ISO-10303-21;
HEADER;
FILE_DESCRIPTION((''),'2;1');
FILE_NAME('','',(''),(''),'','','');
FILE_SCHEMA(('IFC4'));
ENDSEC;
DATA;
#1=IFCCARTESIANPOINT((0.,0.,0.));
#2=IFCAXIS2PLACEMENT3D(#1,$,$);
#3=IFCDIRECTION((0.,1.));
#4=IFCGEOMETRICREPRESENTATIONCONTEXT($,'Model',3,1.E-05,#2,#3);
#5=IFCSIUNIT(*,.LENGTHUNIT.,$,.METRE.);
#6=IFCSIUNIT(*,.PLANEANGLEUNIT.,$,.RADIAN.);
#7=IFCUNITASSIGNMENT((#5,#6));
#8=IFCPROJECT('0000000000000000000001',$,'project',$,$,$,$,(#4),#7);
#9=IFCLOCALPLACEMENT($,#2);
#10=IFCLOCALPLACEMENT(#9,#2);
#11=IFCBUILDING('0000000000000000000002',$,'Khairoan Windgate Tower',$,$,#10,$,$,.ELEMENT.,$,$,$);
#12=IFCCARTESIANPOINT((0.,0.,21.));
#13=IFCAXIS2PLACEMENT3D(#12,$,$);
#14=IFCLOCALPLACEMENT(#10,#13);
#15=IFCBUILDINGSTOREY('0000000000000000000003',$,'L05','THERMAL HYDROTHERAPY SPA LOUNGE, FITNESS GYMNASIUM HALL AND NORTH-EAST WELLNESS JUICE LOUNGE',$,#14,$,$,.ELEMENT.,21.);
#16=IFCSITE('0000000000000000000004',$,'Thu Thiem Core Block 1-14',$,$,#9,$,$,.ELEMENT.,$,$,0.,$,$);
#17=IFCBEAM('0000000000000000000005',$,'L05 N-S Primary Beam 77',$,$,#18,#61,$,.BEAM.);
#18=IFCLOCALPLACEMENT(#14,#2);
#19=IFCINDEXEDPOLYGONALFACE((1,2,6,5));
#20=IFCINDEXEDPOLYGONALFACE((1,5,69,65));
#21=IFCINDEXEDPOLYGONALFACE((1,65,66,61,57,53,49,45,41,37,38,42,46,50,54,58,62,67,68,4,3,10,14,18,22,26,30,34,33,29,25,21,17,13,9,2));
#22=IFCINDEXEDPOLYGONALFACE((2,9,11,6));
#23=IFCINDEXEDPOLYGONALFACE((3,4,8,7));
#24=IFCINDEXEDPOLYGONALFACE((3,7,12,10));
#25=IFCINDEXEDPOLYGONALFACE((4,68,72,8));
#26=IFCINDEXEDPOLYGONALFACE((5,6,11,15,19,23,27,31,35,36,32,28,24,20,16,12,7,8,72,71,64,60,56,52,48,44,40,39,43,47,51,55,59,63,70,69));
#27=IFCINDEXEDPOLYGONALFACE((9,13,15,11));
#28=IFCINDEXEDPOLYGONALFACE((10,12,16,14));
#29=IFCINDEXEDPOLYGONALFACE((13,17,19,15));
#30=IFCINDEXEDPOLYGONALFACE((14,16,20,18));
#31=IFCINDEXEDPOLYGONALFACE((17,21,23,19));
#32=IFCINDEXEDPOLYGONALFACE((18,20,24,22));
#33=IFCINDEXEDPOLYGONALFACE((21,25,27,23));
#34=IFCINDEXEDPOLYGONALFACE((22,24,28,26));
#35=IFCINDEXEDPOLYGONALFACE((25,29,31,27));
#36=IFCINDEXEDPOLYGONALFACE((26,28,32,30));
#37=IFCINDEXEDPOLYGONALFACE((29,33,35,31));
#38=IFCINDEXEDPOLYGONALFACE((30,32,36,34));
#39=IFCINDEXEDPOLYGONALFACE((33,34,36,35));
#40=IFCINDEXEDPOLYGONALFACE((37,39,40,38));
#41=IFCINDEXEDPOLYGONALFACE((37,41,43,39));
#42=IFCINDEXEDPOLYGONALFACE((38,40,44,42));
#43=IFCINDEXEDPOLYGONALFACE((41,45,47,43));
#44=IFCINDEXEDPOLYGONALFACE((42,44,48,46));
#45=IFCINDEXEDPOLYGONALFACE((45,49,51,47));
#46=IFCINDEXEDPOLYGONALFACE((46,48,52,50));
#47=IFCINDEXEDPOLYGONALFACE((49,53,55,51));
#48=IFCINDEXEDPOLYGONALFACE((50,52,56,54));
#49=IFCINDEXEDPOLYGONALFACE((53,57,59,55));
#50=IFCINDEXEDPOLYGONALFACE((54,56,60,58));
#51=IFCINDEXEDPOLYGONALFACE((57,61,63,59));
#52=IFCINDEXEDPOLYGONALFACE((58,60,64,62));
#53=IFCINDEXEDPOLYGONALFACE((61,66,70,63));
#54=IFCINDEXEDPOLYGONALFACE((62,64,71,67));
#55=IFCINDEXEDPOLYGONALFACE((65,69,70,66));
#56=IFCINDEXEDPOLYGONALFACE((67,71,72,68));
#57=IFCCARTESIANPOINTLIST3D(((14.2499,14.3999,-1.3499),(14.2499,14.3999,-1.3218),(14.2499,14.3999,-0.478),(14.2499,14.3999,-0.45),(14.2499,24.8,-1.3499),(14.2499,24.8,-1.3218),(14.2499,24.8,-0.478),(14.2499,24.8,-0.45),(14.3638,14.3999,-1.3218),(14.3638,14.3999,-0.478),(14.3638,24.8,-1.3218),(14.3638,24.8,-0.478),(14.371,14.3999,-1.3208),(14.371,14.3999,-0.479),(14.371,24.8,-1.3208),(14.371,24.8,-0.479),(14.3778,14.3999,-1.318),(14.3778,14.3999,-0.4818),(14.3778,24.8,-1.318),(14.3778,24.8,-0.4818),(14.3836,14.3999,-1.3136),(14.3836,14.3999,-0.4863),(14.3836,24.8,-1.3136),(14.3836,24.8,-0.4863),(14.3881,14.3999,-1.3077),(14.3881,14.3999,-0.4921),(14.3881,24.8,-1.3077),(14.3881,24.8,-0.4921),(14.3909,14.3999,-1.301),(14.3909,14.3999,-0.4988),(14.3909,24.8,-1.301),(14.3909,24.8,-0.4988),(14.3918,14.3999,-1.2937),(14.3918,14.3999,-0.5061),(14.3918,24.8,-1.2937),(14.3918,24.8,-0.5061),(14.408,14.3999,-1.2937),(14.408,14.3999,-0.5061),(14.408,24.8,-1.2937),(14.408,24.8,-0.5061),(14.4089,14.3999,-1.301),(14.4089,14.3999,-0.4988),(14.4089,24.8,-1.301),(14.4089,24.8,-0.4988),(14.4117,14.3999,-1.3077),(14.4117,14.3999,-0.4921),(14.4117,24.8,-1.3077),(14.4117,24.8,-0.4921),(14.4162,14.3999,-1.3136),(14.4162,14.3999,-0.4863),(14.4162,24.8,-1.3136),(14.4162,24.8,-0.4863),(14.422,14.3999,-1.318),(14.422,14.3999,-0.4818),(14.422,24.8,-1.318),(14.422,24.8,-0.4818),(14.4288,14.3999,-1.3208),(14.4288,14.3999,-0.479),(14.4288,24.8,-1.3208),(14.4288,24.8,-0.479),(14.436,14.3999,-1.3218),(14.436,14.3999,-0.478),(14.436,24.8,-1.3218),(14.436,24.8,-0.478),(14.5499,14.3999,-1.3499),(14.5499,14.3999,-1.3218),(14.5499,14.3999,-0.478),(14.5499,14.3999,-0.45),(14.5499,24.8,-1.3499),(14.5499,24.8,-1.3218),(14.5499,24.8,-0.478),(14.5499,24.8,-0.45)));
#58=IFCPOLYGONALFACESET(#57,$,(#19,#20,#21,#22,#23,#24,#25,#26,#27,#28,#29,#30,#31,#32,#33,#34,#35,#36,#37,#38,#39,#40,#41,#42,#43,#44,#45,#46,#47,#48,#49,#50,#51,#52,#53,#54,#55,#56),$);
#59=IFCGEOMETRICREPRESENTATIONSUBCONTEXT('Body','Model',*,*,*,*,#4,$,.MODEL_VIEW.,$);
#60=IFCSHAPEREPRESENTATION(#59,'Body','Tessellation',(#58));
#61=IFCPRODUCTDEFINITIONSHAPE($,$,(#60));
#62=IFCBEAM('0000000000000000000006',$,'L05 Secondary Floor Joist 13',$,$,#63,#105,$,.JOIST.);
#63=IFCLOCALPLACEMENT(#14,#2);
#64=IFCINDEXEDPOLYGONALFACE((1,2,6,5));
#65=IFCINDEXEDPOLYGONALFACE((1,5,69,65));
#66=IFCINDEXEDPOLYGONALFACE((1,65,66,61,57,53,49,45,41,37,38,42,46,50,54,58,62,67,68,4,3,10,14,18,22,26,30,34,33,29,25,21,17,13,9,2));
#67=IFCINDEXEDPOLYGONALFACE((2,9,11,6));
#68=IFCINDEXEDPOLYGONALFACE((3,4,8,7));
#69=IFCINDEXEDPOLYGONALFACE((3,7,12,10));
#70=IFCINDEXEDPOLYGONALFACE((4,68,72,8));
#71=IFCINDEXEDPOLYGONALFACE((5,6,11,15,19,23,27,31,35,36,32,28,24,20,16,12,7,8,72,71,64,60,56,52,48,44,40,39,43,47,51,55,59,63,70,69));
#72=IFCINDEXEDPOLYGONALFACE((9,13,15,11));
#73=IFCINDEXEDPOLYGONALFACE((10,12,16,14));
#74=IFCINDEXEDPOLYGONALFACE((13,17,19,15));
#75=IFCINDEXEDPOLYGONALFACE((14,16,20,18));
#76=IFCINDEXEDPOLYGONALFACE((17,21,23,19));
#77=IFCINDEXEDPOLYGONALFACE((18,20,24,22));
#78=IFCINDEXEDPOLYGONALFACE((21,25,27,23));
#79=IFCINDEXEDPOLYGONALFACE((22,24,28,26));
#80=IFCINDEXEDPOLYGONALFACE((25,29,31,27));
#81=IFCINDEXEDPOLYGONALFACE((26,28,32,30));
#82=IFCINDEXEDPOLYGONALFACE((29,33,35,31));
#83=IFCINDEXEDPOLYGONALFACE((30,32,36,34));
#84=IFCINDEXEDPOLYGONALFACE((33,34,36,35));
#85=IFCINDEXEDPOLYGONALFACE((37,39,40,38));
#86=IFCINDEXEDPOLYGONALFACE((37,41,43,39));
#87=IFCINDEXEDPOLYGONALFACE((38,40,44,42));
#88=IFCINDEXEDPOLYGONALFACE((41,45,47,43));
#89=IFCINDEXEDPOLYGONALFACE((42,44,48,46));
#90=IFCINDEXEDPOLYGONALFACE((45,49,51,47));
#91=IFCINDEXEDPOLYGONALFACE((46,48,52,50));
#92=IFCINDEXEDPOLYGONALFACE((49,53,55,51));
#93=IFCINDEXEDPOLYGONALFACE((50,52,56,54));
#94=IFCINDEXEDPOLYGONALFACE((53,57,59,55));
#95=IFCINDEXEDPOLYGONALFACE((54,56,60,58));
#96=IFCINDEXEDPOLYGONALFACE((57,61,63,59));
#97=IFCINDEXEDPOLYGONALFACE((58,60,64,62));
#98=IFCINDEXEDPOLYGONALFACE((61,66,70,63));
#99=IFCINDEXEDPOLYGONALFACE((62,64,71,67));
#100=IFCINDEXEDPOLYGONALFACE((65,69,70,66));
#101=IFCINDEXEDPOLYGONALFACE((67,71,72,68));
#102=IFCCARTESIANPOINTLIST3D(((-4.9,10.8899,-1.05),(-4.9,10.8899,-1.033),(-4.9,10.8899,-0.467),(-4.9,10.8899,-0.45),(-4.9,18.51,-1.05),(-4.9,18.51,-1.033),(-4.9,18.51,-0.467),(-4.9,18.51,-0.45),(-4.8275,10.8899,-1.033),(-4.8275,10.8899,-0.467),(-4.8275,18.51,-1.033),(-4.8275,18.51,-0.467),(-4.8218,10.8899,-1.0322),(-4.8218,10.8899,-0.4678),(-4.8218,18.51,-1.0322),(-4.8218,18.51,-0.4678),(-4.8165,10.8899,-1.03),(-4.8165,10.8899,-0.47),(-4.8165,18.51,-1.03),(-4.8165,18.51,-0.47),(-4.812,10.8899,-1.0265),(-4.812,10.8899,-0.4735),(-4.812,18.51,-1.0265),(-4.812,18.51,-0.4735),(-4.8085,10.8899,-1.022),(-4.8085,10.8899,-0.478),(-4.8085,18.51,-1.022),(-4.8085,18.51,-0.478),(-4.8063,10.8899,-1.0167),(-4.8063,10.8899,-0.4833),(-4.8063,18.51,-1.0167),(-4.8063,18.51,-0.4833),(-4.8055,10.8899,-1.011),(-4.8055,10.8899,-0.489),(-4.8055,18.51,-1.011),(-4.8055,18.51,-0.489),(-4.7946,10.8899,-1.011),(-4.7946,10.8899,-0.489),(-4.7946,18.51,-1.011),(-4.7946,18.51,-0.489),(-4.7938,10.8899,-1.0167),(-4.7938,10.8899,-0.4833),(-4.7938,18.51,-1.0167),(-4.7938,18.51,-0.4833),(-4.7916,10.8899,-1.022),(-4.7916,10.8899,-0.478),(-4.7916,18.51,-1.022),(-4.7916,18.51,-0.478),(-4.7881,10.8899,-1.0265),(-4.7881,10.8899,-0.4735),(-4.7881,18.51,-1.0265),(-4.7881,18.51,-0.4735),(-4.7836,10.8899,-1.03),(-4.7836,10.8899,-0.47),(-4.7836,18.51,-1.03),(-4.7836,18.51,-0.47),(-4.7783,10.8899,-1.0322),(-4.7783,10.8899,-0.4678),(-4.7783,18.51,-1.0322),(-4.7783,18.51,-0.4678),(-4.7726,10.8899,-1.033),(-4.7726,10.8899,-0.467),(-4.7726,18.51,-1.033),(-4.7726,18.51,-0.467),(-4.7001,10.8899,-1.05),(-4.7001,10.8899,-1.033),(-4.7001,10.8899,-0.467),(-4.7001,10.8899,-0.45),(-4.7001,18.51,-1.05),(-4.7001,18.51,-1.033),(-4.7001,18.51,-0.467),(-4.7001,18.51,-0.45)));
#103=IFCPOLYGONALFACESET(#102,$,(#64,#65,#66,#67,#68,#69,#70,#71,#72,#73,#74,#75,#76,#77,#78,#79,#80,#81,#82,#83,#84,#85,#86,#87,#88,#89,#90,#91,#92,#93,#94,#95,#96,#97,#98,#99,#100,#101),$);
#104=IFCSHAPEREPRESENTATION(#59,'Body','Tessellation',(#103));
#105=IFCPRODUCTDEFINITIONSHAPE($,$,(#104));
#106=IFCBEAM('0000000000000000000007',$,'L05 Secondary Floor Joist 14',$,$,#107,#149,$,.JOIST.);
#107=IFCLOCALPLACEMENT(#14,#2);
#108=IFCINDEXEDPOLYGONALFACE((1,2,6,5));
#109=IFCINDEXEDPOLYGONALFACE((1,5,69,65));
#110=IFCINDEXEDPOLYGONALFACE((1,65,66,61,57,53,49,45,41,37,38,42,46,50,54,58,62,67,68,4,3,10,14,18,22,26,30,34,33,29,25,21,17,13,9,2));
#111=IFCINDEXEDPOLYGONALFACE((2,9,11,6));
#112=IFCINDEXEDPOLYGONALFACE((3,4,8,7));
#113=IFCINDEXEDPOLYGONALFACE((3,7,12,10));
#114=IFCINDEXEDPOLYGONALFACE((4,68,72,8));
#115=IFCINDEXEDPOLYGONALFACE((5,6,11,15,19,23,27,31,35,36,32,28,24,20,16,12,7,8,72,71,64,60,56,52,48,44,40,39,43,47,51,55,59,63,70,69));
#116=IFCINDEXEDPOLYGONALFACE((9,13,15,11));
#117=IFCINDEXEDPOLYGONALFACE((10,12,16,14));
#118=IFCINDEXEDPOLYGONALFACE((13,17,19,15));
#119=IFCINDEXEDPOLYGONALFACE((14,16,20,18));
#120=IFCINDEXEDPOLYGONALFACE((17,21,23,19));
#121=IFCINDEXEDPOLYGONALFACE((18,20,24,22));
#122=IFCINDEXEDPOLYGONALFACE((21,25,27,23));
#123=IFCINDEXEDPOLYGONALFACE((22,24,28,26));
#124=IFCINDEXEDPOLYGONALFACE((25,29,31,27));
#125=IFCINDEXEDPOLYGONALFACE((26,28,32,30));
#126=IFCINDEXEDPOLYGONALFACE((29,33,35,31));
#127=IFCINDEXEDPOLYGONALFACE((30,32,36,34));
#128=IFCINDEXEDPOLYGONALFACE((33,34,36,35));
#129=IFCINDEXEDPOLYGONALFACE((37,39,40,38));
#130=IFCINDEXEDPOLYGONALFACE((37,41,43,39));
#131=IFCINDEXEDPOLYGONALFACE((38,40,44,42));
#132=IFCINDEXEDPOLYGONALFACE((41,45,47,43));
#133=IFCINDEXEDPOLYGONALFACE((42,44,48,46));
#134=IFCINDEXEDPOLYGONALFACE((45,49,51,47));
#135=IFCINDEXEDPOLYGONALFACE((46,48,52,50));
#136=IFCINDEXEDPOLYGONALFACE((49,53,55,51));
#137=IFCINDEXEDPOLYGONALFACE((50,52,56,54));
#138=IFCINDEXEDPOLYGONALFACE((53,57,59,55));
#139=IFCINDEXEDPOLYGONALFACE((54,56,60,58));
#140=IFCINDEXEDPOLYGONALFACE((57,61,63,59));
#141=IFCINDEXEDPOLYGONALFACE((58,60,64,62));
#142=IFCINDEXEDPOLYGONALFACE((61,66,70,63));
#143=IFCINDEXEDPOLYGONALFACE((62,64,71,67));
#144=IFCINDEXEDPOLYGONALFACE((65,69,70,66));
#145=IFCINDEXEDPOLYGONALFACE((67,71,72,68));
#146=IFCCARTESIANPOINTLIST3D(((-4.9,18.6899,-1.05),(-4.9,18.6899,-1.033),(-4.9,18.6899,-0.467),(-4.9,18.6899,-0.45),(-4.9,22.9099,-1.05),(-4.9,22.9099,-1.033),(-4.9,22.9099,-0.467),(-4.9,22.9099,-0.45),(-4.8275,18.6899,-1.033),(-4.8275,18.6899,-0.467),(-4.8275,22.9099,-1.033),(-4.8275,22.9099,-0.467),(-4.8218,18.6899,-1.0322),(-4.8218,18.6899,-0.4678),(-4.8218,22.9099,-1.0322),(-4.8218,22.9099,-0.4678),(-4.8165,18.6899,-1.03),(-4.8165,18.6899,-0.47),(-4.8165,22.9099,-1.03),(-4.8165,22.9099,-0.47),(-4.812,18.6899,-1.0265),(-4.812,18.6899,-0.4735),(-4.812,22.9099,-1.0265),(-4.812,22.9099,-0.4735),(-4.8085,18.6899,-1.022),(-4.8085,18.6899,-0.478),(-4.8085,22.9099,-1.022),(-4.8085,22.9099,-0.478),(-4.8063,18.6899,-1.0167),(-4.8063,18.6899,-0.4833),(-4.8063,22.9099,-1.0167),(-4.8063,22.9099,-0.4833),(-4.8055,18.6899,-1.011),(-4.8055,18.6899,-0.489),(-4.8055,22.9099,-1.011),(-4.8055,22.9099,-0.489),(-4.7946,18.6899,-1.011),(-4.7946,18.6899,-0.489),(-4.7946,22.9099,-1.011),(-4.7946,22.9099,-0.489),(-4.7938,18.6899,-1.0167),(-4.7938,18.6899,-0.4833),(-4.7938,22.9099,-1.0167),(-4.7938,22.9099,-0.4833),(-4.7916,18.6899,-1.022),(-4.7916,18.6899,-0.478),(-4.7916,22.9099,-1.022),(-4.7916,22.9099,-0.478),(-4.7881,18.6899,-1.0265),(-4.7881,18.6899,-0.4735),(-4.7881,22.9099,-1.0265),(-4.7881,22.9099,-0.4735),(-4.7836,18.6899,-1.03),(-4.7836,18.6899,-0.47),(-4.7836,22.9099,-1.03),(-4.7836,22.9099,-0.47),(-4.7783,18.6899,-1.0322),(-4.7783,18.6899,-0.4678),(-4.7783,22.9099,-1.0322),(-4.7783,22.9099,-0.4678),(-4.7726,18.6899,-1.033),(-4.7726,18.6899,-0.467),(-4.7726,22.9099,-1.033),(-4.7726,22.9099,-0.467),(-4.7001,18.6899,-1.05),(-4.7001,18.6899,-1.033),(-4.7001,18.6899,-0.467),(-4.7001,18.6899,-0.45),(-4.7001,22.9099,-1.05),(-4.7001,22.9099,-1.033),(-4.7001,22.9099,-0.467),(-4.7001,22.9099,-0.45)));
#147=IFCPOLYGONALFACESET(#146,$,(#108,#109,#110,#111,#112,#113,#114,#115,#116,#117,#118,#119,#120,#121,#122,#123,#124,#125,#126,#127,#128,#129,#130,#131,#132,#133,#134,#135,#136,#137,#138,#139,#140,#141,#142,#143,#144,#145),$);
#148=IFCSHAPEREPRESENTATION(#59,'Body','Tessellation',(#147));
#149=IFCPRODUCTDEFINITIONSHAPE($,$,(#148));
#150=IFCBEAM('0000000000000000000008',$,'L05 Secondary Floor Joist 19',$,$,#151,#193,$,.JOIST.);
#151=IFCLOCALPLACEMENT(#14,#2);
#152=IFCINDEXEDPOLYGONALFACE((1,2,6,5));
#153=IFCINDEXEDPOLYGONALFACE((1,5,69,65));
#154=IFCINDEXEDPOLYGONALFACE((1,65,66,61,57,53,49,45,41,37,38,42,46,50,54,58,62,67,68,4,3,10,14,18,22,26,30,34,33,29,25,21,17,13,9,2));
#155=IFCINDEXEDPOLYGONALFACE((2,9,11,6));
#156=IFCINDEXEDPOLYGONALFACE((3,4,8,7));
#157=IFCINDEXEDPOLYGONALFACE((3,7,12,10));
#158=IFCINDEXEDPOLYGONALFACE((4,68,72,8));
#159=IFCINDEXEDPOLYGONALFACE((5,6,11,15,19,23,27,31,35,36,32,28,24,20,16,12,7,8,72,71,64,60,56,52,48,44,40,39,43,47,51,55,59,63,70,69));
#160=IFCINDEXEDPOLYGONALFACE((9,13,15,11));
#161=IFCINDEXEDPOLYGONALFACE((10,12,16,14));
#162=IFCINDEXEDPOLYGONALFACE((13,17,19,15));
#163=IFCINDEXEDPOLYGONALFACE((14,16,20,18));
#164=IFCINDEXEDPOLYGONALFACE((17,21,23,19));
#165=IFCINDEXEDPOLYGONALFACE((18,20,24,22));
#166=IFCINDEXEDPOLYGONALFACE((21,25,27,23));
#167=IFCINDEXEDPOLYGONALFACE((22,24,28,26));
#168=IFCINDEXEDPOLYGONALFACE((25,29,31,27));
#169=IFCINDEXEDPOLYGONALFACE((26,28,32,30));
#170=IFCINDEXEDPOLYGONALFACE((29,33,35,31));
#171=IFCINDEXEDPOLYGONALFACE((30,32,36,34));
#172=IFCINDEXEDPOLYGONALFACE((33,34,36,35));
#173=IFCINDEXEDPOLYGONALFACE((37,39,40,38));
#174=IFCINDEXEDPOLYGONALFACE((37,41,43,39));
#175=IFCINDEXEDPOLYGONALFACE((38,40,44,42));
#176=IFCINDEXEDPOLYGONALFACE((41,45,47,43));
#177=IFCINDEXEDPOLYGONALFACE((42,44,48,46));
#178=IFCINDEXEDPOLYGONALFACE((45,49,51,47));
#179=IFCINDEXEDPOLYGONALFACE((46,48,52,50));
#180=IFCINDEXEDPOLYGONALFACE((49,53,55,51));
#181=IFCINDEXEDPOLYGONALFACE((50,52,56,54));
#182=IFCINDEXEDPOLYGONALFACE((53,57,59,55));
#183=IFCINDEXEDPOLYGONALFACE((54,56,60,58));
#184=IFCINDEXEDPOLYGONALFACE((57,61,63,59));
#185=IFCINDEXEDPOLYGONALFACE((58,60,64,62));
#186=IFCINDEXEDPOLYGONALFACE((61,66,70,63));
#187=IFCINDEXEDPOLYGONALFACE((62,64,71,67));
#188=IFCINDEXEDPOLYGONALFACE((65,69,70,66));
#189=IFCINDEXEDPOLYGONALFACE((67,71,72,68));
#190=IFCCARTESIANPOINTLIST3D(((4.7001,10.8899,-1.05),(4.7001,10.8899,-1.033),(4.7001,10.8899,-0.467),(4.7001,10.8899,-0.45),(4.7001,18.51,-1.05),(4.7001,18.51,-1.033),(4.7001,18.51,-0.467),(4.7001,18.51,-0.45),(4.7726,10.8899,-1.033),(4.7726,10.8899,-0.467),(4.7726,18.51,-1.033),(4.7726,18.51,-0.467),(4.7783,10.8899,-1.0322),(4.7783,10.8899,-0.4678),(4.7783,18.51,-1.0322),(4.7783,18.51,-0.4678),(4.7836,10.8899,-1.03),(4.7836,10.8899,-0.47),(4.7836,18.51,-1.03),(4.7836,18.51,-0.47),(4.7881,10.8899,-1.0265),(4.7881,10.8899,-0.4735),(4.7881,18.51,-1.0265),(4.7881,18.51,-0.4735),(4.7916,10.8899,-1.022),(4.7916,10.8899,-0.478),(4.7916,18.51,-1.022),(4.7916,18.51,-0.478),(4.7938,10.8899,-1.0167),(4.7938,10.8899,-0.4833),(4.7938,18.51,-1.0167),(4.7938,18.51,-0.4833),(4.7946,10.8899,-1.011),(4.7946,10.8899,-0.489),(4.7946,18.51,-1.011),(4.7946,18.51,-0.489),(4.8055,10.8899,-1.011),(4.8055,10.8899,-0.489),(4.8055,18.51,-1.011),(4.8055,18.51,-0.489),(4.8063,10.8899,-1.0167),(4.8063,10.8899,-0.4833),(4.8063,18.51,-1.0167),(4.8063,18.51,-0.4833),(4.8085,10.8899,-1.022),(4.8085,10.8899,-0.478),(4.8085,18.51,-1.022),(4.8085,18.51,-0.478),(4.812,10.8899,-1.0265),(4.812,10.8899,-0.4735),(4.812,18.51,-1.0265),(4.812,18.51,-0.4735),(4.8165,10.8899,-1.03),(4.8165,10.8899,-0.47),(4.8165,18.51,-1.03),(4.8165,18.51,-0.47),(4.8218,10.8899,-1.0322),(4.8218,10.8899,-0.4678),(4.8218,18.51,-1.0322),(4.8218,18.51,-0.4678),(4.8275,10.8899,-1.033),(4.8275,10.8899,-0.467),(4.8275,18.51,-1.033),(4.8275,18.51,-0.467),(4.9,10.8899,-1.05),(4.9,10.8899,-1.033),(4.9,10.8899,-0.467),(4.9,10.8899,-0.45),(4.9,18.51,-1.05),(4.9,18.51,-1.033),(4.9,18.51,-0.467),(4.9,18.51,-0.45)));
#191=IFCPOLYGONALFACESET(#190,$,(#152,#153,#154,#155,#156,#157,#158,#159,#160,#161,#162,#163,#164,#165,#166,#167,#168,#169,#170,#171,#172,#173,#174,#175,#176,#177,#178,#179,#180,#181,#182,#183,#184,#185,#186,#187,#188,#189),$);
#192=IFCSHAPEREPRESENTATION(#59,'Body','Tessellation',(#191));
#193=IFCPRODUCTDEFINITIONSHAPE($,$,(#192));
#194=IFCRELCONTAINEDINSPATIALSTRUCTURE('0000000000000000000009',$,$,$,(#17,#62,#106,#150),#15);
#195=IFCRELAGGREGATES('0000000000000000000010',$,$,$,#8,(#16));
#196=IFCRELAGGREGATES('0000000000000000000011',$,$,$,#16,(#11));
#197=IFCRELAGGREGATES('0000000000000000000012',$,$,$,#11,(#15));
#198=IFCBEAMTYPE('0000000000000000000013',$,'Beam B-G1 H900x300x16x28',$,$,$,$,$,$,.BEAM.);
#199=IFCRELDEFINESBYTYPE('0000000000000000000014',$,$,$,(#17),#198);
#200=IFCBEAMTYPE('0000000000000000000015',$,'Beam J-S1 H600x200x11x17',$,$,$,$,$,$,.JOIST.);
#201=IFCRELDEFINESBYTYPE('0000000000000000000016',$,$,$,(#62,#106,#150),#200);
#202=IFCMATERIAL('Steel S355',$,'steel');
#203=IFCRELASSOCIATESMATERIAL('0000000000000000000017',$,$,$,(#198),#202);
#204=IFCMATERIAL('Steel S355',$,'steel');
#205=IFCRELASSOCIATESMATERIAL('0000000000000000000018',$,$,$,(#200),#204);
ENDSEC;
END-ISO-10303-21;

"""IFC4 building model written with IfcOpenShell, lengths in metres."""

from ifc_helpers import new_model, si_unit, direction, frame, origin, origin_2d, place, context, subcontext, project, spatial, i_section, extrude, material, material_profile, profile_set, type_object, element, save


model = new_model("IFC4")

# Units and contexts
model_context = context("Model", 3, precision=1e-05, world=origin(), true_north=direction((0.0, 1.0)))
body_context = subcontext(model_context, "Body", "Model", "MODEL_VIEW")
ifc_project = project(units=[si_unit("LENGTHUNIT", "METRE"), si_unit("PLANEANGLEUNIT", "RADIAN")], contexts=[model_context])

# Site, building, storey
site_placement = place(None, origin())
site = spatial("IfcSite", under=ifc_project, at=site_placement, Name="Thu Thiem Core Block 1-14", CompositionType="ELEMENT", RefElevation=0.0)
building_placement = place(site_placement, origin())
building = spatial("IfcBuilding", under=site, at=building_placement, Name="Khairoan Windgate Tower", CompositionType="ELEMENT")
storey_placement = place(building_placement, frame((0.0, 0.0, 21.0)))
storey = spatial("IfcBuildingStorey", under=building, at=storey_placement, Name="L05", Description="THERMAL HYDROTHERAPY SPA LOUNGE, FITNESS GYMNASIUM HALL AND NORTH-EAST WELLNESS JUICE LOUNGE", CompositionType="ELEMENT", Elevation=21.0)

# Beams
ifc_material_1 = material(Name="Steel S355", Category="steel")
ifc_material_profile_1 = material_profile(ifc_material_1, i_section(OverallWidth=0.3, OverallDepth=0.8999, WebThickness=0.0161, FlangeThickness=0.0281, FilletRadius=0.0281, at=origin_2d()))
ifc_profile_set_1 = profile_set([ifc_material_profile_1], Name="Steel S355")
beam_type_1 = type_object("IfcBeamType", Name="Beam B-G1 H900x300x16x28", PredefinedType="BEAM", material=ifc_profile_set_1)
beam_1_placement = place(storey_placement, frame((14.3999, 14.3999, -0.8999), z_axis=(0.0, 1.0, 0.0), x_axis=(-1.0, 0.0, 0.0)))
element("IfcBeam", 1, at=beam_1_placement, inside=storey, type_object=beam_type_1, Name="L05 N-S Primary Beam 77", PredefinedType="BEAM", context=body_context, shape_type="SweptSolid", body=[
    extrude(i_section(OverallWidth=0.3, OverallDepth=0.8999, WebThickness=0.0161, FlangeThickness=0.0281, FilletRadius=0.0281, at=origin_2d()), origin(), (0.0, 0.0, 1.0), 10.4001),
])
ifc_material_2 = material(Name="Steel S355", Category="steel")
ifc_material_profile_2 = material_profile(ifc_material_2, i_section(OverallWidth=0.2, OverallDepth=0.6001, WebThickness=0.011, FlangeThickness=0.0171, FilletRadius=0.022, at=origin_2d()))
ifc_profile_set_2 = profile_set([ifc_material_profile_2], Name="Steel S355")
beam_type_2 = type_object("IfcBeamType", Name="Beam J-S1 H600x200x11x17", PredefinedType="JOIST", material=ifc_profile_set_2)
beam_2_placement = place(storey_placement, frame((-4.8, 10.8899, -0.75), z_axis=(0.0, 1.0, 0.0), x_axis=(-1.0, 0.0, 0.0)))
element("IfcBeam", 2, at=beam_2_placement, inside=storey, type_object=beam_type_2, Name="L05 Secondary Floor Joist 13", PredefinedType="JOIST", context=body_context, shape_type="SweptSolid", body=[
    extrude(i_section(OverallWidth=0.2, OverallDepth=0.6001, WebThickness=0.011, FlangeThickness=0.0171, FilletRadius=0.022, at=origin_2d()), origin(), (0.0, 0.0, 1.0), 7.6201),
])
beam_3_placement = place(storey_placement, frame((-4.8, 18.6899, -0.75), z_axis=(0.0, 1.0, 0.0), x_axis=(-1.0, 0.0, 0.0)))
element("IfcBeam", 3, at=beam_3_placement, inside=storey, type_object=beam_type_2, Name="L05 Secondary Floor Joist 14", PredefinedType="JOIST", context=body_context, shape_type="SweptSolid", body=[
    extrude(i_section(OverallWidth=0.2, OverallDepth=0.6001, WebThickness=0.011, FlangeThickness=0.0171, FilletRadius=0.022, at=origin_2d()), origin(), (0.0, 0.0, 1.0), 4.22),
])
beam_4_placement = place(storey_placement, frame((4.8, 10.8899, -0.75), z_axis=(0.0, 1.0, 0.0), x_axis=(-1.0, 0.0, 0.0)))
element("IfcBeam", 4, at=beam_4_placement, inside=storey, type_object=beam_type_2, Name="L05 Secondary Floor Joist 19", PredefinedType="JOIST", context=body_context, shape_type="SweptSolid", body=[
    extrude(i_section(OverallWidth=0.2, OverallDepth=0.6001, WebThickness=0.011, FlangeThickness=0.0171, FilletRadius=0.022, at=origin_2d()), origin(), (0.0, 0.0, 1.0), 7.6201),
])

save(model, "model.ifc")
